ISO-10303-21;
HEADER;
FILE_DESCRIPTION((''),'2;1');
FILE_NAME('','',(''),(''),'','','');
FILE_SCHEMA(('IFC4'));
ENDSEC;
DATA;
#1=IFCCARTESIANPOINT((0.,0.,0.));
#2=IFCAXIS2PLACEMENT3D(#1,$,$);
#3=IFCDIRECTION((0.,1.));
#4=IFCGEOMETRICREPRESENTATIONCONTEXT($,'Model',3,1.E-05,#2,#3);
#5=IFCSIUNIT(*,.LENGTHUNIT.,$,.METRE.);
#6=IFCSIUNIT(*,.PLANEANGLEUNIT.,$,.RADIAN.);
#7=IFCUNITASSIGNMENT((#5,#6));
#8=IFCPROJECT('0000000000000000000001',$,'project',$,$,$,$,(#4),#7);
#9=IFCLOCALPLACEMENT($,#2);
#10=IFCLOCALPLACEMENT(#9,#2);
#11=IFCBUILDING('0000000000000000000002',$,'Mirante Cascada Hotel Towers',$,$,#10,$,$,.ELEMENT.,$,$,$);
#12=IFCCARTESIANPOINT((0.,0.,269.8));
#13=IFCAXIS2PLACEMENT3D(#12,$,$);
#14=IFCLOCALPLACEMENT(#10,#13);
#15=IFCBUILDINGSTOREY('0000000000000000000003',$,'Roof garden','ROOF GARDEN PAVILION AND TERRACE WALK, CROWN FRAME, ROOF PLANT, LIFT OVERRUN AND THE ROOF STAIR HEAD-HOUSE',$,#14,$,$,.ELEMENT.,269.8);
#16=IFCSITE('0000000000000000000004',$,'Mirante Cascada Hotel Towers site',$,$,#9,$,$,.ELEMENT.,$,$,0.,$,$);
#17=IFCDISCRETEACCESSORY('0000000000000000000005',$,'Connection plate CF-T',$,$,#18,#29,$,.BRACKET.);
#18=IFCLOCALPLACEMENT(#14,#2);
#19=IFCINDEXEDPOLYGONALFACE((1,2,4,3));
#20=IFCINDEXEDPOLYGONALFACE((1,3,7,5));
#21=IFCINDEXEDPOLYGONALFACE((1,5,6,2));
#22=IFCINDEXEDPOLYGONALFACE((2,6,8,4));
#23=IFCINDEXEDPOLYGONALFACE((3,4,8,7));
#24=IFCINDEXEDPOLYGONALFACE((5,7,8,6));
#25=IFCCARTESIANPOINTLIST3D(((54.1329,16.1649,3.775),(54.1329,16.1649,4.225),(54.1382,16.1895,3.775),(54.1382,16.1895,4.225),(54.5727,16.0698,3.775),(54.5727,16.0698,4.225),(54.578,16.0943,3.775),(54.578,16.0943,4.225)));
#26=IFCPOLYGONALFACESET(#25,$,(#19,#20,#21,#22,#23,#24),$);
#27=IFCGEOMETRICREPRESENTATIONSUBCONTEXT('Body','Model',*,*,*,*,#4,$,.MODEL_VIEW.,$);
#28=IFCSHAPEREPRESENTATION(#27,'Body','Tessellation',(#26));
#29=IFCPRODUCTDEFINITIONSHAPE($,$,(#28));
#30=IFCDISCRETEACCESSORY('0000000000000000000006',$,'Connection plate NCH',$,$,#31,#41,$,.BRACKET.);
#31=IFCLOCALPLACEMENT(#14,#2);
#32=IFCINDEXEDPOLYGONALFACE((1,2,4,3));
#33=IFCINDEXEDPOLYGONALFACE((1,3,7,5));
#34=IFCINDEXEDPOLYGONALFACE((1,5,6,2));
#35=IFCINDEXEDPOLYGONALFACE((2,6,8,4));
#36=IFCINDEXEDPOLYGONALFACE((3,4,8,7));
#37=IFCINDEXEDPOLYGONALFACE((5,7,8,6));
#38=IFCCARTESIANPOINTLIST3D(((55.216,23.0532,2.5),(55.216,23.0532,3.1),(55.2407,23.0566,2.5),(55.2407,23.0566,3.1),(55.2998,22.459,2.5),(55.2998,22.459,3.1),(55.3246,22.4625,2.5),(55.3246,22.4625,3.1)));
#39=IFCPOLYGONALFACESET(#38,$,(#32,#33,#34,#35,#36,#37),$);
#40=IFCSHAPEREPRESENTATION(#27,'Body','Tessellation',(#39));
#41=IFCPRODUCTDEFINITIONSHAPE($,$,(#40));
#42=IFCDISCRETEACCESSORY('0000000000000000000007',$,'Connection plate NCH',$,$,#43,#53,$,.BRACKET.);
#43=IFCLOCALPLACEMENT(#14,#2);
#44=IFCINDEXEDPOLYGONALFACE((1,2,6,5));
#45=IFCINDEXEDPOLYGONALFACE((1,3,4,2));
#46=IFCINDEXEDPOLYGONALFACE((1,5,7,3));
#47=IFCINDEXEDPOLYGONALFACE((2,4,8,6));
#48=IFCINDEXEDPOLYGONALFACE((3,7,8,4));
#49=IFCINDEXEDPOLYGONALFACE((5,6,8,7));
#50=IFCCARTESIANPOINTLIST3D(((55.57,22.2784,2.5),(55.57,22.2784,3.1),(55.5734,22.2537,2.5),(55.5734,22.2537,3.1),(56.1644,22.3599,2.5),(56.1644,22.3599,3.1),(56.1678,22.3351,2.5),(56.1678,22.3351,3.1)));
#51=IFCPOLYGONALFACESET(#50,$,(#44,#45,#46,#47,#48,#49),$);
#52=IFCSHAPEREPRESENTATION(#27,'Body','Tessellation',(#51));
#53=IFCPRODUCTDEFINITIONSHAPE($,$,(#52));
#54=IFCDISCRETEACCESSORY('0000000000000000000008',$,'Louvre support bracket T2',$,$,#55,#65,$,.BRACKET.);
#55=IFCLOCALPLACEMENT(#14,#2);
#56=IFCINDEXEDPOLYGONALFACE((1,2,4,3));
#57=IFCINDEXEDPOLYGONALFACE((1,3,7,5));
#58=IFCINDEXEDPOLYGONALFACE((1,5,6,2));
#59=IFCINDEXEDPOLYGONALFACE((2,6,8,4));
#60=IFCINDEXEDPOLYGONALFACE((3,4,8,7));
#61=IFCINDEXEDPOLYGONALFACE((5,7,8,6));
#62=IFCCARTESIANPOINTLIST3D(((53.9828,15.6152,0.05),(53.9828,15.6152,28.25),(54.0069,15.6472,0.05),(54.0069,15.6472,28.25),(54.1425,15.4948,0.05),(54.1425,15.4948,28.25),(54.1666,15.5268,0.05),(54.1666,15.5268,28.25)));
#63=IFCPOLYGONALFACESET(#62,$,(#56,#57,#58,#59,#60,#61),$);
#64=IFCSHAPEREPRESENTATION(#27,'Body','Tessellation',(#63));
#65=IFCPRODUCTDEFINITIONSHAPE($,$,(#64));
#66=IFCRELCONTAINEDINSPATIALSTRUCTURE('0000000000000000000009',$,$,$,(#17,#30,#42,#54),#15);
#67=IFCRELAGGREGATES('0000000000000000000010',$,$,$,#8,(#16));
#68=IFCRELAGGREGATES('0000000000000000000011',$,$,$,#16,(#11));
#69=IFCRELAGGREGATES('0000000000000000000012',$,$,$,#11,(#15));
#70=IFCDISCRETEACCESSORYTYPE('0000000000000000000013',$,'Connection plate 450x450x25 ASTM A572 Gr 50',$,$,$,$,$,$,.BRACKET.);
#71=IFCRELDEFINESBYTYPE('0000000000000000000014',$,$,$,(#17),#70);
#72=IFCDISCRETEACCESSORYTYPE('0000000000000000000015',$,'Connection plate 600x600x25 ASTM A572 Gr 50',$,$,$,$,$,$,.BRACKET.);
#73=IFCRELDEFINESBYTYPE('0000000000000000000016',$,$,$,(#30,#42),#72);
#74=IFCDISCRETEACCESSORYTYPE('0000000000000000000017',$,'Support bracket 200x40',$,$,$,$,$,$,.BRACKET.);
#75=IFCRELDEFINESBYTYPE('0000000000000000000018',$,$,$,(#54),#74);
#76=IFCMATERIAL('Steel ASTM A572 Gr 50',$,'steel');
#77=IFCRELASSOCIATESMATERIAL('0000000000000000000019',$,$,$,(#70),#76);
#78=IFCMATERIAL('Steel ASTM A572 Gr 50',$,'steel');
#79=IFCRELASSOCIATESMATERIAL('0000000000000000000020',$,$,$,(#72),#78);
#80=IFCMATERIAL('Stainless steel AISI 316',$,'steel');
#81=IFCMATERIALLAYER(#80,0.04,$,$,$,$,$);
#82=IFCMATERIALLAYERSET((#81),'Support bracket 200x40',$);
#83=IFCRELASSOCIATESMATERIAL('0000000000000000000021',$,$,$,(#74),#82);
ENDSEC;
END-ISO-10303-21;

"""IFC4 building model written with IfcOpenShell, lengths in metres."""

from ifc_helpers import new_model, si_unit, direction, frame, origin, origin_2d, place, context, subcontext, project, spatial, rectangle, extrude, material, layer, layer_set, material_profile, profile_set, type_object, element, save


model = new_model("IFC4")

# Units and contexts
model_context = context("Model", 3, precision=1e-05, world=origin(), true_north=direction((0.0, 1.0)))
body_context = subcontext(model_context, "Body", "Model", "MODEL_VIEW")
ifc_project = project(units=[si_unit("LENGTHUNIT", "METRE"), si_unit("PLANEANGLEUNIT", "RADIAN")], contexts=[model_context])

# Site, building, storey
site_placement = place(None, origin())
site = spatial("IfcSite", under=ifc_project, at=site_placement, Name="Mirante Cascada Hotel Towers site", CompositionType="ELEMENT", RefElevation=0.0)
building_placement = place(site_placement, origin())
building = spatial("IfcBuilding", under=site, at=building_placement, Name="Mirante Cascada Hotel Towers", CompositionType="ELEMENT")
storey_placement = place(building_placement, frame((0.0, 0.0, 269.8)))
storey = spatial("IfcBuildingStorey", under=building, at=storey_placement, Name="Roof garden", Description="ROOF GARDEN PAVILION AND TERRACE WALK, CROWN FRAME, ROOF PLANT, LIFT OVERRUN AND THE ROOF STAIR HEAD-HOUSE", CompositionType="ELEMENT", Elevation=269.8)

# Discrete accessories
ifc_material_1 = material(Name="Steel ASTM A572 Gr 50", Category="steel")
ifc_material_profile_1 = material_profile(ifc_material_1, rectangle(XDim=0.45, YDim=0.45, at=origin_2d()), Name="Connection plate 450x450x25 ASTM A572 Gr 50")
ifc_profile_set_1 = profile_set([ifc_material_profile_1], Name="Steel ASTM A572 Gr 50")
discrete_accessory_type_1 = type_object("IfcDiscreteAccessoryType", Name="Connection plate 450x450x25 ASTM A572 Gr 50", PredefinedType="BRACKET", material=ifc_profile_set_1)
discrete_accessory_1_placement = place(storey_placement, frame((54.3581, 16.1419, 4.0), z_axis=(-0.211436, -0.977392, 0.0), x_axis=(0.977392, -0.211436, 0.0)))
element("IfcDiscreteAccessory", 1, at=discrete_accessory_1_placement, inside=storey, type_object=discrete_accessory_type_1, Name="Connection plate CF-T", PredefinedType="BRACKET", context=body_context, shape_type="SweptSolid", body=[
    extrude(rectangle(XDim=0.45, YDim=0.45, at=origin_2d()), origin(), (0.0, 0.0, 1.0), 0.0251),
])
ifc_material_2 = material(Name="Steel ASTM A572 Gr 50", Category="steel")
ifc_material_profile_2 = material_profile(ifc_material_2, rectangle(XDim=0.6, YDim=0.6, at=origin_2d()), Name="Connection plate 600x600x25 ASTM A572 Gr 50")
ifc_profile_set_2 = profile_set([ifc_material_profile_2], Name="Steel ASTM A572 Gr 50")
discrete_accessory_type_2 = type_object("IfcDiscreteAccessoryType", Name="Connection plate 600x600x25 ASTM A572 Gr 50", PredefinedType="BRACKET", material=ifc_profile_set_2)
for number, where, z_axis, x_axis, name in (
    (2, (55.2579, 22.7561, 2.8), (0.990188, 0.139744, 0.0), (-0.139744, 0.990188, 0.0), "Connection plate NCH"),
    (3, (55.8706, 22.2944, 2.8), (-0.135826, 0.990733, 0.0), (-0.990733, -0.135826, 0.0), "Connection plate NCH"),
):
    element("IfcDiscreteAccessory", number, at=place(storey_placement, frame(where, z_axis=z_axis, x_axis=x_axis)), inside=storey, type_object=discrete_accessory_type_2, Name=name, PredefinedType="BRACKET", context=body_context, shape_type="SweptSolid", body=[
        extrude(rectangle(XDim=0.6, YDim=0.6, at=origin_2d()), origin(), (0.0, 0.0, 1.0), 0.025),
    ])
ifc_material_3 = material(Name="Stainless steel AISI 316", Category="steel")
ifc_layer_1 = layer(ifc_material_3, 0.04)
ifc_layer_set_1 = layer_set([ifc_layer_1], Name="Support bracket 200x40")
discrete_accessory_type_3 = type_object("IfcDiscreteAccessoryType", Name="Support bracket 200x40", PredefinedType="BRACKET", material=ifc_layer_set_1)
discrete_accessory_2_placement = place(storey_placement, frame((54.0747, 15.571, 0.05), z_axis=(0.0, 0.0, 1.0), x_axis=(0.798636, -0.601815, 0.0)))
element("IfcDiscreteAccessory", 4, at=discrete_accessory_2_placement, inside=storey, type_object=discrete_accessory_type_3, Name="Louvre support bracket T2", PredefinedType="BRACKET", context=body_context, shape_type="SweptSolid", body=[
    extrude(rectangle(XDim=0.2, YDim=0.04, at=origin_2d()), origin(), (0.0, 0.0, 1.0), 28.2),
])

save(model, "model.ifc")
